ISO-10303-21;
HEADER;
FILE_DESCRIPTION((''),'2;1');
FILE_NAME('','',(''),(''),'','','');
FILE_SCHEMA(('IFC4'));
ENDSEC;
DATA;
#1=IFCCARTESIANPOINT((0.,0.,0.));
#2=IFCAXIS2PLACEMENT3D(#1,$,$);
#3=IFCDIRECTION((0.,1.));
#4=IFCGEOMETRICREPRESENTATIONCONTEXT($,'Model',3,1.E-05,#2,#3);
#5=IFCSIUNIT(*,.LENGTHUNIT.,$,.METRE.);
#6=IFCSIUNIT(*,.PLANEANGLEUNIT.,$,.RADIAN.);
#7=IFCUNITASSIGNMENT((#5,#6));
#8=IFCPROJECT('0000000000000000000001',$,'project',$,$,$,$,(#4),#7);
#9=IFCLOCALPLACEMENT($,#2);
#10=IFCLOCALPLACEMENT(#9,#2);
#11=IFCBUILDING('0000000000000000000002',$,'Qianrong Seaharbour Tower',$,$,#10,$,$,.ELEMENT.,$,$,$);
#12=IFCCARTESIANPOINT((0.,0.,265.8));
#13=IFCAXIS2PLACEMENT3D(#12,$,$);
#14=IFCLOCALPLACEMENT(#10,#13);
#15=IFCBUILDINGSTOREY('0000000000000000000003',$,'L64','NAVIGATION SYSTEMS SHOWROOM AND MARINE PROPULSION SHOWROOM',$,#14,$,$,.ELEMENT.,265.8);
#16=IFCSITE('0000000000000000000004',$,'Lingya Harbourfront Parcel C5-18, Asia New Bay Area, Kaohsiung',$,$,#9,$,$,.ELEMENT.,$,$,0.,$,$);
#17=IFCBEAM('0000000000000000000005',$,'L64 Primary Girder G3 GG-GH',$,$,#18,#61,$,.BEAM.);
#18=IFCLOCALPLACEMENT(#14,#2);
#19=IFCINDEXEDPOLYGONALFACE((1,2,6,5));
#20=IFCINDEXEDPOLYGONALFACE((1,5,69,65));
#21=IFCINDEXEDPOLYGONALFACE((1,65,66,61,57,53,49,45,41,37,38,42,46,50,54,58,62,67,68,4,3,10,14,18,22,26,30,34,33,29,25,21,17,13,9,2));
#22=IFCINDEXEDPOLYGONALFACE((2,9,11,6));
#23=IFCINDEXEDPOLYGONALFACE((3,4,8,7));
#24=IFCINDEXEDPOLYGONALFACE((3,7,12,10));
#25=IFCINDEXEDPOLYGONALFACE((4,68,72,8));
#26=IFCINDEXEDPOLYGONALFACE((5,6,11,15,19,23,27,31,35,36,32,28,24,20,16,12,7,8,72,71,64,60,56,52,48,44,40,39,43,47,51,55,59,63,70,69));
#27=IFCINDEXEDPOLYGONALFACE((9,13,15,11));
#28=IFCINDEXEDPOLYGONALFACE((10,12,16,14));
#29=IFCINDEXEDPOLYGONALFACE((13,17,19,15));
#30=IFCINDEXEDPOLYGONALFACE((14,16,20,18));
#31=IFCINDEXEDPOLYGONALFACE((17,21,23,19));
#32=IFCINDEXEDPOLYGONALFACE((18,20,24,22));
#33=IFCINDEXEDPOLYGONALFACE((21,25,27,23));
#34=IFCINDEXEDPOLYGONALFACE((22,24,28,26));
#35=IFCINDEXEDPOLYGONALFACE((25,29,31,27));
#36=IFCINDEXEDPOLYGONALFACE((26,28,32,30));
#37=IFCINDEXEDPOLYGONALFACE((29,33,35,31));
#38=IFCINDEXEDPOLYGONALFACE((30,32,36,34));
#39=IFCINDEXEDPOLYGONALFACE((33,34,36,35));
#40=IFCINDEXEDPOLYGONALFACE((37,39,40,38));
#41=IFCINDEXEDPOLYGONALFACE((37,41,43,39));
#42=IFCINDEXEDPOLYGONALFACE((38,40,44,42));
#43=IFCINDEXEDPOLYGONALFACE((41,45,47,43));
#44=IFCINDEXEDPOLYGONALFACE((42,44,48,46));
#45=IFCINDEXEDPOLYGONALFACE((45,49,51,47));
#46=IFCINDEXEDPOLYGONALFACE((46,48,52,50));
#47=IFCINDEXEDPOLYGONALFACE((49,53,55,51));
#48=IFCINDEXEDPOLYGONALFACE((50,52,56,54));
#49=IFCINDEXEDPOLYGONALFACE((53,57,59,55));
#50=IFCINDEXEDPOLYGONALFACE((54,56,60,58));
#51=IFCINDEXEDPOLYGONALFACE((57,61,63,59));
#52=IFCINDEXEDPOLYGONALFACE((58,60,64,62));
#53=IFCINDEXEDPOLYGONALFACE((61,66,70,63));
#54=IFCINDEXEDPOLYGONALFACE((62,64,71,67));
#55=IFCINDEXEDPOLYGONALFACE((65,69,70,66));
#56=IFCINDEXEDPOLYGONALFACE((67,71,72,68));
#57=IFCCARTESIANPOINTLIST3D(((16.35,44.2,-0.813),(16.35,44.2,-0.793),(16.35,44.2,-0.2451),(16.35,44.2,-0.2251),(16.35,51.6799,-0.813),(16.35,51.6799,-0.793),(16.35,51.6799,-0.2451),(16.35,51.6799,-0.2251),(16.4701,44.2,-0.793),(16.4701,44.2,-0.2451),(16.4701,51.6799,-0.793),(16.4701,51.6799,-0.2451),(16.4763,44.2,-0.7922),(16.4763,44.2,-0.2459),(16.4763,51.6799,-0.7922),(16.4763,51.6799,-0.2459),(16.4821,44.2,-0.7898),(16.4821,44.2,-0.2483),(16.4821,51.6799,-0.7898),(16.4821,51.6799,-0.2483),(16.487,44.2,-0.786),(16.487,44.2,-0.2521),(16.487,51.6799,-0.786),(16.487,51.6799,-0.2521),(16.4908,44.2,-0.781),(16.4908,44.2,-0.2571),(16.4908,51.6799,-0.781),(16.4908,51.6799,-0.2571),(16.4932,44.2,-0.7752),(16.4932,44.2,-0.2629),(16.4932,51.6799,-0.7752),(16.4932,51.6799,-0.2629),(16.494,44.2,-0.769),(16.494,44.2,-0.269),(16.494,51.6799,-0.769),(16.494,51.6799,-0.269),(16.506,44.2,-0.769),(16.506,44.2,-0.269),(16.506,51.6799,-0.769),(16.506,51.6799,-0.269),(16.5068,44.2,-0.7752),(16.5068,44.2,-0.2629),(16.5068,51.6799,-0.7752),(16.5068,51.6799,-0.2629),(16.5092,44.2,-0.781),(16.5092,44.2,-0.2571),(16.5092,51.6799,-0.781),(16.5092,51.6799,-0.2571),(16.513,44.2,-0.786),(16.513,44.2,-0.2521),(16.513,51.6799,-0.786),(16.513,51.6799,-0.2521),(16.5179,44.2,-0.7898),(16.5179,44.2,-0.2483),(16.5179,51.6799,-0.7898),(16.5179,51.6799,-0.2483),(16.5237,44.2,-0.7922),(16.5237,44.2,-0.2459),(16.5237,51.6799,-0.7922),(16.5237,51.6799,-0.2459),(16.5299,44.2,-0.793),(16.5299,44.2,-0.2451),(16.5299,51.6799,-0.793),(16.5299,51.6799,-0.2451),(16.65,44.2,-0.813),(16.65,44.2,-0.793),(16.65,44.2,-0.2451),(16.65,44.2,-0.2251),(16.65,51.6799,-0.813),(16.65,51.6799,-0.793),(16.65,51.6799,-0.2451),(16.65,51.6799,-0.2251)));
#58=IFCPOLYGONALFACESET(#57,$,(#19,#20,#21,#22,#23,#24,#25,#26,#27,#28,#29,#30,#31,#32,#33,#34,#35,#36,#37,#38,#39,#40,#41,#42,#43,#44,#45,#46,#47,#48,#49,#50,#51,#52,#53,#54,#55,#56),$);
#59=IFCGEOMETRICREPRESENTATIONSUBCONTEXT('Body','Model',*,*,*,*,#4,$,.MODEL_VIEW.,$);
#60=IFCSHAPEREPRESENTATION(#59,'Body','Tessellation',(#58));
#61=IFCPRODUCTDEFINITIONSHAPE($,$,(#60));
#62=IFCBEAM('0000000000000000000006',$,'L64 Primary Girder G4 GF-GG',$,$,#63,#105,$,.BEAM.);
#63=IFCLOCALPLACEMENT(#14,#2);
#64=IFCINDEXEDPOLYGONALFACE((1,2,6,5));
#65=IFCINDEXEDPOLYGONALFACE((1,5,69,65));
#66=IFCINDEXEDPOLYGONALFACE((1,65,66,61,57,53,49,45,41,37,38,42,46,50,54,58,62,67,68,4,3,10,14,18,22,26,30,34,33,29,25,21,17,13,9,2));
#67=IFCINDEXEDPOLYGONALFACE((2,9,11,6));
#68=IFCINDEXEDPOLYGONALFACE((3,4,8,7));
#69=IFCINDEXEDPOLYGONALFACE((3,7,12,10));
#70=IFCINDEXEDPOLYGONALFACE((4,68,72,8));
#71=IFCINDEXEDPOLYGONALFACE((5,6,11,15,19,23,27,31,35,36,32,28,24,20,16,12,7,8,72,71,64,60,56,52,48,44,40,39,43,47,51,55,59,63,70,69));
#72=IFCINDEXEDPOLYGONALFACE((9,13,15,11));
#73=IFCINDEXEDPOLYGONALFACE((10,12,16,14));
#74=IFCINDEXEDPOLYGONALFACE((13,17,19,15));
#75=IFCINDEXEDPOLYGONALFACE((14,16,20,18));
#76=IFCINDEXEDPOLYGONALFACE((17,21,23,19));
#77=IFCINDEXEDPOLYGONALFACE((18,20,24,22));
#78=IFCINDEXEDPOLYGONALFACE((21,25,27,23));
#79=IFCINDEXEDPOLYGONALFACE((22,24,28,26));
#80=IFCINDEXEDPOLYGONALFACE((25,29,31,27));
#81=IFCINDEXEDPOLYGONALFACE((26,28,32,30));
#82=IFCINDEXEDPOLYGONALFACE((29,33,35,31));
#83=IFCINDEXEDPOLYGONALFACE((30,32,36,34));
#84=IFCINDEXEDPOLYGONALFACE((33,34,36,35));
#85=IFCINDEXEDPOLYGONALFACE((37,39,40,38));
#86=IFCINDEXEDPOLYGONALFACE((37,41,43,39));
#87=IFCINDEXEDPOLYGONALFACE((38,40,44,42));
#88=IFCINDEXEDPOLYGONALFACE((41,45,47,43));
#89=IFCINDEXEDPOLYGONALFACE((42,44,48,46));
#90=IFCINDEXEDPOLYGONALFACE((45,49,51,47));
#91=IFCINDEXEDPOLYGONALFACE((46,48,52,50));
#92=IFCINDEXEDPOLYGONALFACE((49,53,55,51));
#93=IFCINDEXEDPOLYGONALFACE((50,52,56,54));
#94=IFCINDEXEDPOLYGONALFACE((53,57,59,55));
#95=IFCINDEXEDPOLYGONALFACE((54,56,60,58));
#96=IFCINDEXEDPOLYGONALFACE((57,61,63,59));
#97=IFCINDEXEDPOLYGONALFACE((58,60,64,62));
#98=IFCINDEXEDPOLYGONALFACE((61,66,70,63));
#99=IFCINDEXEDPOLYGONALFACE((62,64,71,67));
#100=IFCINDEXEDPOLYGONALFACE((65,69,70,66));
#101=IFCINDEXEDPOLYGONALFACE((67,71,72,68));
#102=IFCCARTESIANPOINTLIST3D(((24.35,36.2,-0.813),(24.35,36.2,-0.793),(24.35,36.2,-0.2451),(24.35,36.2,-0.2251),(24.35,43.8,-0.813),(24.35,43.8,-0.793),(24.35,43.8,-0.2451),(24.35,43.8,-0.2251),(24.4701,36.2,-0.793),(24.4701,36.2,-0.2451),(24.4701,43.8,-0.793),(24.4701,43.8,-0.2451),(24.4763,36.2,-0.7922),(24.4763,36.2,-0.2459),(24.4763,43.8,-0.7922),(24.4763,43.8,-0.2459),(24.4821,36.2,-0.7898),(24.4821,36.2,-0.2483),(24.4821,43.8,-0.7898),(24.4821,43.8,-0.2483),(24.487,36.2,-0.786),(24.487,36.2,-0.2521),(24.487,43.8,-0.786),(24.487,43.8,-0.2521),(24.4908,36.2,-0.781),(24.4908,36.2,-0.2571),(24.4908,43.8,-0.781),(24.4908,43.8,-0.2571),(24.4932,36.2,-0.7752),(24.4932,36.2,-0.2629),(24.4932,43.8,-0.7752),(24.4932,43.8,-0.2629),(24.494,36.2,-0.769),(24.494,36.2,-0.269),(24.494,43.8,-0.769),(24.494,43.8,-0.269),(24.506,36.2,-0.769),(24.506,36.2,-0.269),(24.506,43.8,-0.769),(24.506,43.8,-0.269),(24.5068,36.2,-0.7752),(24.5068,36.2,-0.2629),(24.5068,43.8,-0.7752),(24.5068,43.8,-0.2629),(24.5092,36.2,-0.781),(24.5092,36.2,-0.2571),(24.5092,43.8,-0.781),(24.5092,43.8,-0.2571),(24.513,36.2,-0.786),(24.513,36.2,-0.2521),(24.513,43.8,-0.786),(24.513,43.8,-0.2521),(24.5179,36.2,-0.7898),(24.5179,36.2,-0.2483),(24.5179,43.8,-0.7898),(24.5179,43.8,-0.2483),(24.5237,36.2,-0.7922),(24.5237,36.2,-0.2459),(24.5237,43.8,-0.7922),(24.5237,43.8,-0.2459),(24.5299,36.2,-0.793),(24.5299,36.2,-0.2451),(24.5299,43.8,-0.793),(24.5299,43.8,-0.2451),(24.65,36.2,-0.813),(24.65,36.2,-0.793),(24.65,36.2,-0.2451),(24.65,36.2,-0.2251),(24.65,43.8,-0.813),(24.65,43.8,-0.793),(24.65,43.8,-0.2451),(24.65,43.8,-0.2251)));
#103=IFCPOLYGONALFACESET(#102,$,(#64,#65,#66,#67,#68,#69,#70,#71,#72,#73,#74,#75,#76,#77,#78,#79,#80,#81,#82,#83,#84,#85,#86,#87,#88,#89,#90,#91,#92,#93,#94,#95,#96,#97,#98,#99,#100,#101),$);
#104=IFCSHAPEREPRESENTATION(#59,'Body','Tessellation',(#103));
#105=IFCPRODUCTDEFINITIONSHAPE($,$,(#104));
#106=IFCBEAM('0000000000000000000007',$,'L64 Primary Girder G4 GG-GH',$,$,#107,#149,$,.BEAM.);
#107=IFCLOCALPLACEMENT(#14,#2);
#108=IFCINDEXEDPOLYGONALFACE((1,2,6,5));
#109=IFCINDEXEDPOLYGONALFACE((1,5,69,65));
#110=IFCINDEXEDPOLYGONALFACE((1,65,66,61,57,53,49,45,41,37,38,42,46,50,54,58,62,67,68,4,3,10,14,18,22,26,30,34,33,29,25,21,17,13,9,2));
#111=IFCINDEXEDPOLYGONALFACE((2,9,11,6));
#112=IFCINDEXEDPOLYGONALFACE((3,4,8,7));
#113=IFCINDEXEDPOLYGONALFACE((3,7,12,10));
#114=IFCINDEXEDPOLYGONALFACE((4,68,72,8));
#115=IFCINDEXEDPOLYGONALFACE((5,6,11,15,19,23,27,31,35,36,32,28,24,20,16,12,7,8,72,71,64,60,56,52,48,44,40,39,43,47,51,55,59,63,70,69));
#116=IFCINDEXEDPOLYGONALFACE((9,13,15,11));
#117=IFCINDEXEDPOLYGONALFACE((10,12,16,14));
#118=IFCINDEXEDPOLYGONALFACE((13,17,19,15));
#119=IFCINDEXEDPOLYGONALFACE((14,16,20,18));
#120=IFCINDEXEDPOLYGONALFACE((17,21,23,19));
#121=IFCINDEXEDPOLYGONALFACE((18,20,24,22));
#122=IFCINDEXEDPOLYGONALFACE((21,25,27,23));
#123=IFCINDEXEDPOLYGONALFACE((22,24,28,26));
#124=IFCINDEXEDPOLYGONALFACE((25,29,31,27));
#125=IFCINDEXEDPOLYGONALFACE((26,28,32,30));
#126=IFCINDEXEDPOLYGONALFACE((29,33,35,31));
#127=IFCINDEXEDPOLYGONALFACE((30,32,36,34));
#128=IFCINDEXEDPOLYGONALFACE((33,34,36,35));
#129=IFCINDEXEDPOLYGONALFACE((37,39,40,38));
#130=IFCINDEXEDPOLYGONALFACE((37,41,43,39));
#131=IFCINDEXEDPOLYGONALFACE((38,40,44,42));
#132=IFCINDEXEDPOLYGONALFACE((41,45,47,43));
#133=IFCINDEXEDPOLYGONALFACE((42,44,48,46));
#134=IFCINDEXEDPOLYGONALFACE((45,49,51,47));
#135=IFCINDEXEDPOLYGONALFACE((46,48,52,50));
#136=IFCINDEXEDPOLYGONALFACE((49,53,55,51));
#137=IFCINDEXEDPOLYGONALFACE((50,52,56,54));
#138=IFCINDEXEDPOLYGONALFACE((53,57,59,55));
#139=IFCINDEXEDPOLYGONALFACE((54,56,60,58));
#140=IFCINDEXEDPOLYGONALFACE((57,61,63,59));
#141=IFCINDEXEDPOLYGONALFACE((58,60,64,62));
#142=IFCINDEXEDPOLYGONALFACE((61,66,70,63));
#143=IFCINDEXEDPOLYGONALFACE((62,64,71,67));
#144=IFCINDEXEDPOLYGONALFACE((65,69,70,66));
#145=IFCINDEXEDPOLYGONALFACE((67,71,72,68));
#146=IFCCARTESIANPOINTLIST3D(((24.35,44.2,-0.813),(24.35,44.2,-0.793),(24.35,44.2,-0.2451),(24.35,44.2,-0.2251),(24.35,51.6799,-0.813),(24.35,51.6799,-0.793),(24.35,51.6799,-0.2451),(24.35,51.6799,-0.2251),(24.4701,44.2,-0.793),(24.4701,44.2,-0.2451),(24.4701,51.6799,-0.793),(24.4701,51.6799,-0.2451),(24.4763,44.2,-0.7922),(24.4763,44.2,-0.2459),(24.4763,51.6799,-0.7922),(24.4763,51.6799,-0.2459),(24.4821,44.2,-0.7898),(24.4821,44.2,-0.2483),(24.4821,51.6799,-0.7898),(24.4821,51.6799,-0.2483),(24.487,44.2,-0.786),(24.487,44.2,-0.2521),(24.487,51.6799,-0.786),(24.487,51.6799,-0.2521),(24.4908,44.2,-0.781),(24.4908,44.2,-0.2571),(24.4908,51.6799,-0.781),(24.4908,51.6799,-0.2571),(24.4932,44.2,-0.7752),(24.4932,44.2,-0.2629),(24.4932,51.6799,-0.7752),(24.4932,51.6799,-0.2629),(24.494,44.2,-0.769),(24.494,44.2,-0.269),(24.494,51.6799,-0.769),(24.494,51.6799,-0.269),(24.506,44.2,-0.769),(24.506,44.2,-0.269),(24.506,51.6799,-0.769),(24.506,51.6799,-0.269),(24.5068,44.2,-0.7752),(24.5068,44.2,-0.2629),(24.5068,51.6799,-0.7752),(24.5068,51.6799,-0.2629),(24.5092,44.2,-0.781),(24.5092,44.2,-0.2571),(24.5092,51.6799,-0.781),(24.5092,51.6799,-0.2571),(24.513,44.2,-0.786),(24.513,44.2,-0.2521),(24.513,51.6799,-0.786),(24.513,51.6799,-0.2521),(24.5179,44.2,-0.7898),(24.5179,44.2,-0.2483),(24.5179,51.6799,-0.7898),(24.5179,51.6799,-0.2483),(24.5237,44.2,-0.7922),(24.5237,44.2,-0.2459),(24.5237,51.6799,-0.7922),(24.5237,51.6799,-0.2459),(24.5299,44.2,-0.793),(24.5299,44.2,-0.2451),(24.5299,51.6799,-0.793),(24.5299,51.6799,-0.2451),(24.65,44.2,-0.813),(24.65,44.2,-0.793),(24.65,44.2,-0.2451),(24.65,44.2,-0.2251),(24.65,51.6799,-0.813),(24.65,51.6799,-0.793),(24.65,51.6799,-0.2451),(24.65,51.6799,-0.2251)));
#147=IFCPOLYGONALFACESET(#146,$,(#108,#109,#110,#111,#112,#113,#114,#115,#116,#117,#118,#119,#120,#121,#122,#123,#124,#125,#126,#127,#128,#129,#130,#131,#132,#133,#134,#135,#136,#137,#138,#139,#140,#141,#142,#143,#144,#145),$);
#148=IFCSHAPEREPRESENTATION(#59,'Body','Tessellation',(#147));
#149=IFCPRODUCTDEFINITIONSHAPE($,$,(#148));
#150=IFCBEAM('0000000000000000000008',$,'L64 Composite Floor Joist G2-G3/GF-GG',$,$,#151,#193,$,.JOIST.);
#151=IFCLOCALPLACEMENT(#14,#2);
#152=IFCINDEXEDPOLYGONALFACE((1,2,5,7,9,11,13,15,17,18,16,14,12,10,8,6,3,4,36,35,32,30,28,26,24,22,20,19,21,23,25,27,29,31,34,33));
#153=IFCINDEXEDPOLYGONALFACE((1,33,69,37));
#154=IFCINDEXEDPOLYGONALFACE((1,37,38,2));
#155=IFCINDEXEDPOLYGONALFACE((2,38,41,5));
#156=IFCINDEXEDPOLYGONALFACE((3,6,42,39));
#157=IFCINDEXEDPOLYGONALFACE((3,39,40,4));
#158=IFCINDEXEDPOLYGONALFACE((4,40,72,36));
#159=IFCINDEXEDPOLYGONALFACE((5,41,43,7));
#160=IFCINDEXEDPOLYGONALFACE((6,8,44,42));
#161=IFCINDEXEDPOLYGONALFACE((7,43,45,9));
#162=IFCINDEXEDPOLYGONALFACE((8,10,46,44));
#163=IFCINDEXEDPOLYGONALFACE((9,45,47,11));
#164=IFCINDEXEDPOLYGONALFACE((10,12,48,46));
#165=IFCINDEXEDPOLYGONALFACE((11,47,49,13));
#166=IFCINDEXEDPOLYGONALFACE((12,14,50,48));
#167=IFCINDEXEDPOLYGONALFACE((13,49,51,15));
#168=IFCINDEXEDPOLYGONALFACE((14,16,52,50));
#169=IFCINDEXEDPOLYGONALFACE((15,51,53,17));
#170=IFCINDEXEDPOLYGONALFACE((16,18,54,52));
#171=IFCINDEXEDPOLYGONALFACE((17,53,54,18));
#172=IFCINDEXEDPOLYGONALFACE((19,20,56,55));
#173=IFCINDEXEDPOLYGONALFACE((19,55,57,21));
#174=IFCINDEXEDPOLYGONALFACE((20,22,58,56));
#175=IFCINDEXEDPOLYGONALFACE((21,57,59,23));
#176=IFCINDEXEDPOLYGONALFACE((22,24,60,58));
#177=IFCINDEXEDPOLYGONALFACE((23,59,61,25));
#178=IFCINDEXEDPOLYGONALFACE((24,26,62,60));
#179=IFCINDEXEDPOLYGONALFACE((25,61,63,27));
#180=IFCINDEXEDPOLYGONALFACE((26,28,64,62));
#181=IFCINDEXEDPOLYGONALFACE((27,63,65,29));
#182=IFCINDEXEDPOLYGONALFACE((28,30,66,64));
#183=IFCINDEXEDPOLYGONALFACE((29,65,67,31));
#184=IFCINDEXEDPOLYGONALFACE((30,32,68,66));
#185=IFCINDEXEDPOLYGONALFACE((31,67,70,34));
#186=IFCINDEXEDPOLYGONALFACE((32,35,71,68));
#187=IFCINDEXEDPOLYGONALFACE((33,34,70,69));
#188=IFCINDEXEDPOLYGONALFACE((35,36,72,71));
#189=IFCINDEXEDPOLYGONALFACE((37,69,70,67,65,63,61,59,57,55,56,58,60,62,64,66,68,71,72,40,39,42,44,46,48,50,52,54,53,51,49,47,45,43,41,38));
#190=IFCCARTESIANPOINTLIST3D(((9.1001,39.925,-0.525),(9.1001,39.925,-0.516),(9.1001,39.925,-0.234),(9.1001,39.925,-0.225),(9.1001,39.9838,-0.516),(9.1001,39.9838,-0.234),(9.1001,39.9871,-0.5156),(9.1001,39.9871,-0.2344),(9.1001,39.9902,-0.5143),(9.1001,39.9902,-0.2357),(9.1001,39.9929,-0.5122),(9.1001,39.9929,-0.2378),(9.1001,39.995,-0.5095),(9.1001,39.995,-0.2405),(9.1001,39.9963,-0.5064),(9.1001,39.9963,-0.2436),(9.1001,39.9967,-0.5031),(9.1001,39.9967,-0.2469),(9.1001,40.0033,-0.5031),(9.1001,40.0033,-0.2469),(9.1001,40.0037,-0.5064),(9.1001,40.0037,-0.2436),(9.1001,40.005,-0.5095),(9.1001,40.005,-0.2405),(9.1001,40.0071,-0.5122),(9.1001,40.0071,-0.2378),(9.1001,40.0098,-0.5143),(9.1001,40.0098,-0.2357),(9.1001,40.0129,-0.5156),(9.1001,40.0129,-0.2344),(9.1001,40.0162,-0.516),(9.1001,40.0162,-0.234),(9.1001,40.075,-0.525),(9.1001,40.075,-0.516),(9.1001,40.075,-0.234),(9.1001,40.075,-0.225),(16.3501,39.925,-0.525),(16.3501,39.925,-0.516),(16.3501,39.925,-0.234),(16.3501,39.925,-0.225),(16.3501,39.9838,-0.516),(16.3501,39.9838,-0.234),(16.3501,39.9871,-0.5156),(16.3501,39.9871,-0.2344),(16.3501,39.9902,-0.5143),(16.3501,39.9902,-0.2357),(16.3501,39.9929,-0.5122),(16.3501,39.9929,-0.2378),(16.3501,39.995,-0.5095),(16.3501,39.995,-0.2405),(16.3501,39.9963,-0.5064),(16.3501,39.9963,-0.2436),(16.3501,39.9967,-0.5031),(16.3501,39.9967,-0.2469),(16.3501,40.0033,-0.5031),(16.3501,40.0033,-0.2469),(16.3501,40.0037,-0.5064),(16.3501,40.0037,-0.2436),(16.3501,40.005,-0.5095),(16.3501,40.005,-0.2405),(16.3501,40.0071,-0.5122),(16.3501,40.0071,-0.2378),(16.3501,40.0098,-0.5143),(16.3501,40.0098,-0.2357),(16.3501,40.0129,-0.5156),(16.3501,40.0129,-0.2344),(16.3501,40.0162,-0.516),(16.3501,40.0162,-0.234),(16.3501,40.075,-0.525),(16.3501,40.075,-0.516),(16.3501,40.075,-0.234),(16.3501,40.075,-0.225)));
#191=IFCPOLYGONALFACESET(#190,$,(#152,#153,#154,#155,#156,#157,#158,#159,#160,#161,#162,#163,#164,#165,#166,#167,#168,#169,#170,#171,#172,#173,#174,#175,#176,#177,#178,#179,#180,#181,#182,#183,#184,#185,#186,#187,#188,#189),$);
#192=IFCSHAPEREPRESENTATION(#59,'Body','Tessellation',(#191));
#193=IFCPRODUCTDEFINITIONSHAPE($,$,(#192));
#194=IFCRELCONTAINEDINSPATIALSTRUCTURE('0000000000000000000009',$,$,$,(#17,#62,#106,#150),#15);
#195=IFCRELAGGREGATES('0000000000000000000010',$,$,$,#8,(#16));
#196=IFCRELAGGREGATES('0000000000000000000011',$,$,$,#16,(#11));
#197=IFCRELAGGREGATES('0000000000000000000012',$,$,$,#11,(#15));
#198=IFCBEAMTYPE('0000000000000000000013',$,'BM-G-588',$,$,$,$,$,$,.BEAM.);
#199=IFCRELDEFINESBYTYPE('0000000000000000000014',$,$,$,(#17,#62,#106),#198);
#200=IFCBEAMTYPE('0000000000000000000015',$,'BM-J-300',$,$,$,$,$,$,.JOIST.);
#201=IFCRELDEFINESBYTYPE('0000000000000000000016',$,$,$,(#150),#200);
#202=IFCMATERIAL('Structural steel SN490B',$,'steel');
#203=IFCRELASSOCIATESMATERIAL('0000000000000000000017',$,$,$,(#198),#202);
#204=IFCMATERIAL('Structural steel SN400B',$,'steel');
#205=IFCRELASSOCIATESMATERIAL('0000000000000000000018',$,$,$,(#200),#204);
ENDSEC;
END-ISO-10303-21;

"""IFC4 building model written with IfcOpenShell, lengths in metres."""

from ifc_helpers import new_model, si_unit, direction, frame, origin, origin_2d, place, context, subcontext, project, spatial, i_section, extrude, material, material_profile, profile_set, type_object, element, save


model = new_model("IFC4")

# Units and contexts
model_context = context("Model", 3, precision=1e-05, world=origin(), true_north=direction((0.0, 1.0)))
body_context = subcontext(model_context, "Body", "Model", "MODEL_VIEW")
ifc_project = project(units=[si_unit("LENGTHUNIT", "METRE"), si_unit("PLANEANGLEUNIT", "RADIAN")], contexts=[model_context])

# Site, building, storey
site_placement = place(None, origin())
site = spatial("IfcSite", under=ifc_project, at=site_placement, Name="Lingya Harbourfront Parcel C5-18, Asia New Bay Area, Kaohsiung", CompositionType="ELEMENT", RefElevation=0.0)
building_placement = place(site_placement, origin())
building = spatial("IfcBuilding", under=site, at=building_placement, Name="Qianrong Seaharbour Tower", CompositionType="ELEMENT")
storey_placement = place(building_placement, frame((0.0, 0.0, 265.8)))
storey = spatial("IfcBuildingStorey", under=building, at=storey_placement, Name="L64", Description="NAVIGATION SYSTEMS SHOWROOM AND MARINE PROPULSION SHOWROOM", CompositionType="ELEMENT", Elevation=265.8)

# Shared definitions
ifc_material_1 = material(Name="Structural steel SN490B", Category="steel")

# Beams
ifc_material_profile_1 = material_profile(ifc_material_1, i_section(OverallWidth=0.3, OverallDepth=0.5879, WebThickness=0.012, FlangeThickness=0.02, FilletRadius=0.0239, at=origin_2d()), Name="H588x300x12x20")
ifc_profile_set_1 = profile_set([ifc_material_profile_1], Name="Structural steel SN490B")
beam_type_1 = type_object("IfcBeamType", Name="BM-G-588", PredefinedType="BEAM", material=ifc_profile_set_1)
beam_1_placement = place(storey_placement, frame((16.5, 44.2, -0.519), z_axis=(0.0, 1.0, 0.0), x_axis=(-1.0, 0.0, 0.0)))
element("IfcBeam", 1, at=beam_1_placement, inside=storey, type_object=beam_type_1, Name="L64 Primary Girder G3 GG-GH", PredefinedType="BEAM", context=body_context, shape_type="SweptSolid", body=[
    extrude(i_section(OverallWidth=0.3, OverallDepth=0.5879, WebThickness=0.012, FlangeThickness=0.02, FilletRadius=0.0239, at=origin_2d()), origin(), (0.0, 0.0, 1.0), 7.48),
])
beam_2_placement = place(storey_placement, frame((24.5, 36.2, -0.519), z_axis=(0.0, 1.0, 0.0), x_axis=(-1.0, 0.0, 0.0)))
element("IfcBeam", 2, at=beam_2_placement, inside=storey, type_object=beam_type_1, Name="L64 Primary Girder G4 GF-GG", PredefinedType="BEAM", context=body_context, shape_type="SweptSolid", body=[
    extrude(i_section(OverallWidth=0.3, OverallDepth=0.5879, WebThickness=0.012, FlangeThickness=0.02, FilletRadius=0.0239, at=origin_2d()), origin(), (0.0, 0.0, 1.0), 7.6001),
])
beam_3_placement = place(storey_placement, frame((24.5, 44.2, -0.519), z_axis=(0.0, 1.0, 0.0), x_axis=(-1.0, 0.0, 0.0)))
element("IfcBeam", 3, at=beam_3_placement, inside=storey, type_object=beam_type_1, Name="L64 Primary Girder G4 GG-GH", PredefinedType="BEAM", context=body_context, shape_type="SweptSolid", body=[
    extrude(i_section(OverallWidth=0.3, OverallDepth=0.5879, WebThickness=0.012, FlangeThickness=0.02, FilletRadius=0.0239, at=origin_2d()), origin(), (0.0, 0.0, 1.0), 7.48),
])
ifc_material_2 = material(Name="Structural steel SN400B", Category="steel")
ifc_material_profile_2 = material_profile(ifc_material_2, i_section(OverallWidth=0.1499, OverallDepth=0.3, WebThickness=0.0066, FlangeThickness=0.009, FilletRadius=0.0129, at=origin_2d()), Name="H300x150x6.5x9")
ifc_profile_set_2 = profile_set([ifc_material_profile_2], Name="Structural steel SN400B")
beam_type_2 = type_object("IfcBeamType", Name="BM-J-300", PredefinedType="JOIST", material=ifc_profile_set_2)
beam_4_placement = place(storey_placement, frame((9.1001, 40.0, -0.375), z_axis=(1.0, 0.0, 0.0), x_axis=(0.0, 1.0, 0.0)))
element("IfcBeam", 4, at=beam_4_placement, inside=storey, type_object=beam_type_2, Name="L64 Composite Floor Joist G2-G3/GF-GG", PredefinedType="JOIST", context=body_context, shape_type="SweptSolid", body=[
    extrude(i_section(OverallWidth=0.1499, OverallDepth=0.3, WebThickness=0.0066, FlangeThickness=0.009, FilletRadius=0.0129, at=origin_2d()), origin(), (0.0, 0.0, 1.0), 7.25),
])

save(model, "model.ifc")
